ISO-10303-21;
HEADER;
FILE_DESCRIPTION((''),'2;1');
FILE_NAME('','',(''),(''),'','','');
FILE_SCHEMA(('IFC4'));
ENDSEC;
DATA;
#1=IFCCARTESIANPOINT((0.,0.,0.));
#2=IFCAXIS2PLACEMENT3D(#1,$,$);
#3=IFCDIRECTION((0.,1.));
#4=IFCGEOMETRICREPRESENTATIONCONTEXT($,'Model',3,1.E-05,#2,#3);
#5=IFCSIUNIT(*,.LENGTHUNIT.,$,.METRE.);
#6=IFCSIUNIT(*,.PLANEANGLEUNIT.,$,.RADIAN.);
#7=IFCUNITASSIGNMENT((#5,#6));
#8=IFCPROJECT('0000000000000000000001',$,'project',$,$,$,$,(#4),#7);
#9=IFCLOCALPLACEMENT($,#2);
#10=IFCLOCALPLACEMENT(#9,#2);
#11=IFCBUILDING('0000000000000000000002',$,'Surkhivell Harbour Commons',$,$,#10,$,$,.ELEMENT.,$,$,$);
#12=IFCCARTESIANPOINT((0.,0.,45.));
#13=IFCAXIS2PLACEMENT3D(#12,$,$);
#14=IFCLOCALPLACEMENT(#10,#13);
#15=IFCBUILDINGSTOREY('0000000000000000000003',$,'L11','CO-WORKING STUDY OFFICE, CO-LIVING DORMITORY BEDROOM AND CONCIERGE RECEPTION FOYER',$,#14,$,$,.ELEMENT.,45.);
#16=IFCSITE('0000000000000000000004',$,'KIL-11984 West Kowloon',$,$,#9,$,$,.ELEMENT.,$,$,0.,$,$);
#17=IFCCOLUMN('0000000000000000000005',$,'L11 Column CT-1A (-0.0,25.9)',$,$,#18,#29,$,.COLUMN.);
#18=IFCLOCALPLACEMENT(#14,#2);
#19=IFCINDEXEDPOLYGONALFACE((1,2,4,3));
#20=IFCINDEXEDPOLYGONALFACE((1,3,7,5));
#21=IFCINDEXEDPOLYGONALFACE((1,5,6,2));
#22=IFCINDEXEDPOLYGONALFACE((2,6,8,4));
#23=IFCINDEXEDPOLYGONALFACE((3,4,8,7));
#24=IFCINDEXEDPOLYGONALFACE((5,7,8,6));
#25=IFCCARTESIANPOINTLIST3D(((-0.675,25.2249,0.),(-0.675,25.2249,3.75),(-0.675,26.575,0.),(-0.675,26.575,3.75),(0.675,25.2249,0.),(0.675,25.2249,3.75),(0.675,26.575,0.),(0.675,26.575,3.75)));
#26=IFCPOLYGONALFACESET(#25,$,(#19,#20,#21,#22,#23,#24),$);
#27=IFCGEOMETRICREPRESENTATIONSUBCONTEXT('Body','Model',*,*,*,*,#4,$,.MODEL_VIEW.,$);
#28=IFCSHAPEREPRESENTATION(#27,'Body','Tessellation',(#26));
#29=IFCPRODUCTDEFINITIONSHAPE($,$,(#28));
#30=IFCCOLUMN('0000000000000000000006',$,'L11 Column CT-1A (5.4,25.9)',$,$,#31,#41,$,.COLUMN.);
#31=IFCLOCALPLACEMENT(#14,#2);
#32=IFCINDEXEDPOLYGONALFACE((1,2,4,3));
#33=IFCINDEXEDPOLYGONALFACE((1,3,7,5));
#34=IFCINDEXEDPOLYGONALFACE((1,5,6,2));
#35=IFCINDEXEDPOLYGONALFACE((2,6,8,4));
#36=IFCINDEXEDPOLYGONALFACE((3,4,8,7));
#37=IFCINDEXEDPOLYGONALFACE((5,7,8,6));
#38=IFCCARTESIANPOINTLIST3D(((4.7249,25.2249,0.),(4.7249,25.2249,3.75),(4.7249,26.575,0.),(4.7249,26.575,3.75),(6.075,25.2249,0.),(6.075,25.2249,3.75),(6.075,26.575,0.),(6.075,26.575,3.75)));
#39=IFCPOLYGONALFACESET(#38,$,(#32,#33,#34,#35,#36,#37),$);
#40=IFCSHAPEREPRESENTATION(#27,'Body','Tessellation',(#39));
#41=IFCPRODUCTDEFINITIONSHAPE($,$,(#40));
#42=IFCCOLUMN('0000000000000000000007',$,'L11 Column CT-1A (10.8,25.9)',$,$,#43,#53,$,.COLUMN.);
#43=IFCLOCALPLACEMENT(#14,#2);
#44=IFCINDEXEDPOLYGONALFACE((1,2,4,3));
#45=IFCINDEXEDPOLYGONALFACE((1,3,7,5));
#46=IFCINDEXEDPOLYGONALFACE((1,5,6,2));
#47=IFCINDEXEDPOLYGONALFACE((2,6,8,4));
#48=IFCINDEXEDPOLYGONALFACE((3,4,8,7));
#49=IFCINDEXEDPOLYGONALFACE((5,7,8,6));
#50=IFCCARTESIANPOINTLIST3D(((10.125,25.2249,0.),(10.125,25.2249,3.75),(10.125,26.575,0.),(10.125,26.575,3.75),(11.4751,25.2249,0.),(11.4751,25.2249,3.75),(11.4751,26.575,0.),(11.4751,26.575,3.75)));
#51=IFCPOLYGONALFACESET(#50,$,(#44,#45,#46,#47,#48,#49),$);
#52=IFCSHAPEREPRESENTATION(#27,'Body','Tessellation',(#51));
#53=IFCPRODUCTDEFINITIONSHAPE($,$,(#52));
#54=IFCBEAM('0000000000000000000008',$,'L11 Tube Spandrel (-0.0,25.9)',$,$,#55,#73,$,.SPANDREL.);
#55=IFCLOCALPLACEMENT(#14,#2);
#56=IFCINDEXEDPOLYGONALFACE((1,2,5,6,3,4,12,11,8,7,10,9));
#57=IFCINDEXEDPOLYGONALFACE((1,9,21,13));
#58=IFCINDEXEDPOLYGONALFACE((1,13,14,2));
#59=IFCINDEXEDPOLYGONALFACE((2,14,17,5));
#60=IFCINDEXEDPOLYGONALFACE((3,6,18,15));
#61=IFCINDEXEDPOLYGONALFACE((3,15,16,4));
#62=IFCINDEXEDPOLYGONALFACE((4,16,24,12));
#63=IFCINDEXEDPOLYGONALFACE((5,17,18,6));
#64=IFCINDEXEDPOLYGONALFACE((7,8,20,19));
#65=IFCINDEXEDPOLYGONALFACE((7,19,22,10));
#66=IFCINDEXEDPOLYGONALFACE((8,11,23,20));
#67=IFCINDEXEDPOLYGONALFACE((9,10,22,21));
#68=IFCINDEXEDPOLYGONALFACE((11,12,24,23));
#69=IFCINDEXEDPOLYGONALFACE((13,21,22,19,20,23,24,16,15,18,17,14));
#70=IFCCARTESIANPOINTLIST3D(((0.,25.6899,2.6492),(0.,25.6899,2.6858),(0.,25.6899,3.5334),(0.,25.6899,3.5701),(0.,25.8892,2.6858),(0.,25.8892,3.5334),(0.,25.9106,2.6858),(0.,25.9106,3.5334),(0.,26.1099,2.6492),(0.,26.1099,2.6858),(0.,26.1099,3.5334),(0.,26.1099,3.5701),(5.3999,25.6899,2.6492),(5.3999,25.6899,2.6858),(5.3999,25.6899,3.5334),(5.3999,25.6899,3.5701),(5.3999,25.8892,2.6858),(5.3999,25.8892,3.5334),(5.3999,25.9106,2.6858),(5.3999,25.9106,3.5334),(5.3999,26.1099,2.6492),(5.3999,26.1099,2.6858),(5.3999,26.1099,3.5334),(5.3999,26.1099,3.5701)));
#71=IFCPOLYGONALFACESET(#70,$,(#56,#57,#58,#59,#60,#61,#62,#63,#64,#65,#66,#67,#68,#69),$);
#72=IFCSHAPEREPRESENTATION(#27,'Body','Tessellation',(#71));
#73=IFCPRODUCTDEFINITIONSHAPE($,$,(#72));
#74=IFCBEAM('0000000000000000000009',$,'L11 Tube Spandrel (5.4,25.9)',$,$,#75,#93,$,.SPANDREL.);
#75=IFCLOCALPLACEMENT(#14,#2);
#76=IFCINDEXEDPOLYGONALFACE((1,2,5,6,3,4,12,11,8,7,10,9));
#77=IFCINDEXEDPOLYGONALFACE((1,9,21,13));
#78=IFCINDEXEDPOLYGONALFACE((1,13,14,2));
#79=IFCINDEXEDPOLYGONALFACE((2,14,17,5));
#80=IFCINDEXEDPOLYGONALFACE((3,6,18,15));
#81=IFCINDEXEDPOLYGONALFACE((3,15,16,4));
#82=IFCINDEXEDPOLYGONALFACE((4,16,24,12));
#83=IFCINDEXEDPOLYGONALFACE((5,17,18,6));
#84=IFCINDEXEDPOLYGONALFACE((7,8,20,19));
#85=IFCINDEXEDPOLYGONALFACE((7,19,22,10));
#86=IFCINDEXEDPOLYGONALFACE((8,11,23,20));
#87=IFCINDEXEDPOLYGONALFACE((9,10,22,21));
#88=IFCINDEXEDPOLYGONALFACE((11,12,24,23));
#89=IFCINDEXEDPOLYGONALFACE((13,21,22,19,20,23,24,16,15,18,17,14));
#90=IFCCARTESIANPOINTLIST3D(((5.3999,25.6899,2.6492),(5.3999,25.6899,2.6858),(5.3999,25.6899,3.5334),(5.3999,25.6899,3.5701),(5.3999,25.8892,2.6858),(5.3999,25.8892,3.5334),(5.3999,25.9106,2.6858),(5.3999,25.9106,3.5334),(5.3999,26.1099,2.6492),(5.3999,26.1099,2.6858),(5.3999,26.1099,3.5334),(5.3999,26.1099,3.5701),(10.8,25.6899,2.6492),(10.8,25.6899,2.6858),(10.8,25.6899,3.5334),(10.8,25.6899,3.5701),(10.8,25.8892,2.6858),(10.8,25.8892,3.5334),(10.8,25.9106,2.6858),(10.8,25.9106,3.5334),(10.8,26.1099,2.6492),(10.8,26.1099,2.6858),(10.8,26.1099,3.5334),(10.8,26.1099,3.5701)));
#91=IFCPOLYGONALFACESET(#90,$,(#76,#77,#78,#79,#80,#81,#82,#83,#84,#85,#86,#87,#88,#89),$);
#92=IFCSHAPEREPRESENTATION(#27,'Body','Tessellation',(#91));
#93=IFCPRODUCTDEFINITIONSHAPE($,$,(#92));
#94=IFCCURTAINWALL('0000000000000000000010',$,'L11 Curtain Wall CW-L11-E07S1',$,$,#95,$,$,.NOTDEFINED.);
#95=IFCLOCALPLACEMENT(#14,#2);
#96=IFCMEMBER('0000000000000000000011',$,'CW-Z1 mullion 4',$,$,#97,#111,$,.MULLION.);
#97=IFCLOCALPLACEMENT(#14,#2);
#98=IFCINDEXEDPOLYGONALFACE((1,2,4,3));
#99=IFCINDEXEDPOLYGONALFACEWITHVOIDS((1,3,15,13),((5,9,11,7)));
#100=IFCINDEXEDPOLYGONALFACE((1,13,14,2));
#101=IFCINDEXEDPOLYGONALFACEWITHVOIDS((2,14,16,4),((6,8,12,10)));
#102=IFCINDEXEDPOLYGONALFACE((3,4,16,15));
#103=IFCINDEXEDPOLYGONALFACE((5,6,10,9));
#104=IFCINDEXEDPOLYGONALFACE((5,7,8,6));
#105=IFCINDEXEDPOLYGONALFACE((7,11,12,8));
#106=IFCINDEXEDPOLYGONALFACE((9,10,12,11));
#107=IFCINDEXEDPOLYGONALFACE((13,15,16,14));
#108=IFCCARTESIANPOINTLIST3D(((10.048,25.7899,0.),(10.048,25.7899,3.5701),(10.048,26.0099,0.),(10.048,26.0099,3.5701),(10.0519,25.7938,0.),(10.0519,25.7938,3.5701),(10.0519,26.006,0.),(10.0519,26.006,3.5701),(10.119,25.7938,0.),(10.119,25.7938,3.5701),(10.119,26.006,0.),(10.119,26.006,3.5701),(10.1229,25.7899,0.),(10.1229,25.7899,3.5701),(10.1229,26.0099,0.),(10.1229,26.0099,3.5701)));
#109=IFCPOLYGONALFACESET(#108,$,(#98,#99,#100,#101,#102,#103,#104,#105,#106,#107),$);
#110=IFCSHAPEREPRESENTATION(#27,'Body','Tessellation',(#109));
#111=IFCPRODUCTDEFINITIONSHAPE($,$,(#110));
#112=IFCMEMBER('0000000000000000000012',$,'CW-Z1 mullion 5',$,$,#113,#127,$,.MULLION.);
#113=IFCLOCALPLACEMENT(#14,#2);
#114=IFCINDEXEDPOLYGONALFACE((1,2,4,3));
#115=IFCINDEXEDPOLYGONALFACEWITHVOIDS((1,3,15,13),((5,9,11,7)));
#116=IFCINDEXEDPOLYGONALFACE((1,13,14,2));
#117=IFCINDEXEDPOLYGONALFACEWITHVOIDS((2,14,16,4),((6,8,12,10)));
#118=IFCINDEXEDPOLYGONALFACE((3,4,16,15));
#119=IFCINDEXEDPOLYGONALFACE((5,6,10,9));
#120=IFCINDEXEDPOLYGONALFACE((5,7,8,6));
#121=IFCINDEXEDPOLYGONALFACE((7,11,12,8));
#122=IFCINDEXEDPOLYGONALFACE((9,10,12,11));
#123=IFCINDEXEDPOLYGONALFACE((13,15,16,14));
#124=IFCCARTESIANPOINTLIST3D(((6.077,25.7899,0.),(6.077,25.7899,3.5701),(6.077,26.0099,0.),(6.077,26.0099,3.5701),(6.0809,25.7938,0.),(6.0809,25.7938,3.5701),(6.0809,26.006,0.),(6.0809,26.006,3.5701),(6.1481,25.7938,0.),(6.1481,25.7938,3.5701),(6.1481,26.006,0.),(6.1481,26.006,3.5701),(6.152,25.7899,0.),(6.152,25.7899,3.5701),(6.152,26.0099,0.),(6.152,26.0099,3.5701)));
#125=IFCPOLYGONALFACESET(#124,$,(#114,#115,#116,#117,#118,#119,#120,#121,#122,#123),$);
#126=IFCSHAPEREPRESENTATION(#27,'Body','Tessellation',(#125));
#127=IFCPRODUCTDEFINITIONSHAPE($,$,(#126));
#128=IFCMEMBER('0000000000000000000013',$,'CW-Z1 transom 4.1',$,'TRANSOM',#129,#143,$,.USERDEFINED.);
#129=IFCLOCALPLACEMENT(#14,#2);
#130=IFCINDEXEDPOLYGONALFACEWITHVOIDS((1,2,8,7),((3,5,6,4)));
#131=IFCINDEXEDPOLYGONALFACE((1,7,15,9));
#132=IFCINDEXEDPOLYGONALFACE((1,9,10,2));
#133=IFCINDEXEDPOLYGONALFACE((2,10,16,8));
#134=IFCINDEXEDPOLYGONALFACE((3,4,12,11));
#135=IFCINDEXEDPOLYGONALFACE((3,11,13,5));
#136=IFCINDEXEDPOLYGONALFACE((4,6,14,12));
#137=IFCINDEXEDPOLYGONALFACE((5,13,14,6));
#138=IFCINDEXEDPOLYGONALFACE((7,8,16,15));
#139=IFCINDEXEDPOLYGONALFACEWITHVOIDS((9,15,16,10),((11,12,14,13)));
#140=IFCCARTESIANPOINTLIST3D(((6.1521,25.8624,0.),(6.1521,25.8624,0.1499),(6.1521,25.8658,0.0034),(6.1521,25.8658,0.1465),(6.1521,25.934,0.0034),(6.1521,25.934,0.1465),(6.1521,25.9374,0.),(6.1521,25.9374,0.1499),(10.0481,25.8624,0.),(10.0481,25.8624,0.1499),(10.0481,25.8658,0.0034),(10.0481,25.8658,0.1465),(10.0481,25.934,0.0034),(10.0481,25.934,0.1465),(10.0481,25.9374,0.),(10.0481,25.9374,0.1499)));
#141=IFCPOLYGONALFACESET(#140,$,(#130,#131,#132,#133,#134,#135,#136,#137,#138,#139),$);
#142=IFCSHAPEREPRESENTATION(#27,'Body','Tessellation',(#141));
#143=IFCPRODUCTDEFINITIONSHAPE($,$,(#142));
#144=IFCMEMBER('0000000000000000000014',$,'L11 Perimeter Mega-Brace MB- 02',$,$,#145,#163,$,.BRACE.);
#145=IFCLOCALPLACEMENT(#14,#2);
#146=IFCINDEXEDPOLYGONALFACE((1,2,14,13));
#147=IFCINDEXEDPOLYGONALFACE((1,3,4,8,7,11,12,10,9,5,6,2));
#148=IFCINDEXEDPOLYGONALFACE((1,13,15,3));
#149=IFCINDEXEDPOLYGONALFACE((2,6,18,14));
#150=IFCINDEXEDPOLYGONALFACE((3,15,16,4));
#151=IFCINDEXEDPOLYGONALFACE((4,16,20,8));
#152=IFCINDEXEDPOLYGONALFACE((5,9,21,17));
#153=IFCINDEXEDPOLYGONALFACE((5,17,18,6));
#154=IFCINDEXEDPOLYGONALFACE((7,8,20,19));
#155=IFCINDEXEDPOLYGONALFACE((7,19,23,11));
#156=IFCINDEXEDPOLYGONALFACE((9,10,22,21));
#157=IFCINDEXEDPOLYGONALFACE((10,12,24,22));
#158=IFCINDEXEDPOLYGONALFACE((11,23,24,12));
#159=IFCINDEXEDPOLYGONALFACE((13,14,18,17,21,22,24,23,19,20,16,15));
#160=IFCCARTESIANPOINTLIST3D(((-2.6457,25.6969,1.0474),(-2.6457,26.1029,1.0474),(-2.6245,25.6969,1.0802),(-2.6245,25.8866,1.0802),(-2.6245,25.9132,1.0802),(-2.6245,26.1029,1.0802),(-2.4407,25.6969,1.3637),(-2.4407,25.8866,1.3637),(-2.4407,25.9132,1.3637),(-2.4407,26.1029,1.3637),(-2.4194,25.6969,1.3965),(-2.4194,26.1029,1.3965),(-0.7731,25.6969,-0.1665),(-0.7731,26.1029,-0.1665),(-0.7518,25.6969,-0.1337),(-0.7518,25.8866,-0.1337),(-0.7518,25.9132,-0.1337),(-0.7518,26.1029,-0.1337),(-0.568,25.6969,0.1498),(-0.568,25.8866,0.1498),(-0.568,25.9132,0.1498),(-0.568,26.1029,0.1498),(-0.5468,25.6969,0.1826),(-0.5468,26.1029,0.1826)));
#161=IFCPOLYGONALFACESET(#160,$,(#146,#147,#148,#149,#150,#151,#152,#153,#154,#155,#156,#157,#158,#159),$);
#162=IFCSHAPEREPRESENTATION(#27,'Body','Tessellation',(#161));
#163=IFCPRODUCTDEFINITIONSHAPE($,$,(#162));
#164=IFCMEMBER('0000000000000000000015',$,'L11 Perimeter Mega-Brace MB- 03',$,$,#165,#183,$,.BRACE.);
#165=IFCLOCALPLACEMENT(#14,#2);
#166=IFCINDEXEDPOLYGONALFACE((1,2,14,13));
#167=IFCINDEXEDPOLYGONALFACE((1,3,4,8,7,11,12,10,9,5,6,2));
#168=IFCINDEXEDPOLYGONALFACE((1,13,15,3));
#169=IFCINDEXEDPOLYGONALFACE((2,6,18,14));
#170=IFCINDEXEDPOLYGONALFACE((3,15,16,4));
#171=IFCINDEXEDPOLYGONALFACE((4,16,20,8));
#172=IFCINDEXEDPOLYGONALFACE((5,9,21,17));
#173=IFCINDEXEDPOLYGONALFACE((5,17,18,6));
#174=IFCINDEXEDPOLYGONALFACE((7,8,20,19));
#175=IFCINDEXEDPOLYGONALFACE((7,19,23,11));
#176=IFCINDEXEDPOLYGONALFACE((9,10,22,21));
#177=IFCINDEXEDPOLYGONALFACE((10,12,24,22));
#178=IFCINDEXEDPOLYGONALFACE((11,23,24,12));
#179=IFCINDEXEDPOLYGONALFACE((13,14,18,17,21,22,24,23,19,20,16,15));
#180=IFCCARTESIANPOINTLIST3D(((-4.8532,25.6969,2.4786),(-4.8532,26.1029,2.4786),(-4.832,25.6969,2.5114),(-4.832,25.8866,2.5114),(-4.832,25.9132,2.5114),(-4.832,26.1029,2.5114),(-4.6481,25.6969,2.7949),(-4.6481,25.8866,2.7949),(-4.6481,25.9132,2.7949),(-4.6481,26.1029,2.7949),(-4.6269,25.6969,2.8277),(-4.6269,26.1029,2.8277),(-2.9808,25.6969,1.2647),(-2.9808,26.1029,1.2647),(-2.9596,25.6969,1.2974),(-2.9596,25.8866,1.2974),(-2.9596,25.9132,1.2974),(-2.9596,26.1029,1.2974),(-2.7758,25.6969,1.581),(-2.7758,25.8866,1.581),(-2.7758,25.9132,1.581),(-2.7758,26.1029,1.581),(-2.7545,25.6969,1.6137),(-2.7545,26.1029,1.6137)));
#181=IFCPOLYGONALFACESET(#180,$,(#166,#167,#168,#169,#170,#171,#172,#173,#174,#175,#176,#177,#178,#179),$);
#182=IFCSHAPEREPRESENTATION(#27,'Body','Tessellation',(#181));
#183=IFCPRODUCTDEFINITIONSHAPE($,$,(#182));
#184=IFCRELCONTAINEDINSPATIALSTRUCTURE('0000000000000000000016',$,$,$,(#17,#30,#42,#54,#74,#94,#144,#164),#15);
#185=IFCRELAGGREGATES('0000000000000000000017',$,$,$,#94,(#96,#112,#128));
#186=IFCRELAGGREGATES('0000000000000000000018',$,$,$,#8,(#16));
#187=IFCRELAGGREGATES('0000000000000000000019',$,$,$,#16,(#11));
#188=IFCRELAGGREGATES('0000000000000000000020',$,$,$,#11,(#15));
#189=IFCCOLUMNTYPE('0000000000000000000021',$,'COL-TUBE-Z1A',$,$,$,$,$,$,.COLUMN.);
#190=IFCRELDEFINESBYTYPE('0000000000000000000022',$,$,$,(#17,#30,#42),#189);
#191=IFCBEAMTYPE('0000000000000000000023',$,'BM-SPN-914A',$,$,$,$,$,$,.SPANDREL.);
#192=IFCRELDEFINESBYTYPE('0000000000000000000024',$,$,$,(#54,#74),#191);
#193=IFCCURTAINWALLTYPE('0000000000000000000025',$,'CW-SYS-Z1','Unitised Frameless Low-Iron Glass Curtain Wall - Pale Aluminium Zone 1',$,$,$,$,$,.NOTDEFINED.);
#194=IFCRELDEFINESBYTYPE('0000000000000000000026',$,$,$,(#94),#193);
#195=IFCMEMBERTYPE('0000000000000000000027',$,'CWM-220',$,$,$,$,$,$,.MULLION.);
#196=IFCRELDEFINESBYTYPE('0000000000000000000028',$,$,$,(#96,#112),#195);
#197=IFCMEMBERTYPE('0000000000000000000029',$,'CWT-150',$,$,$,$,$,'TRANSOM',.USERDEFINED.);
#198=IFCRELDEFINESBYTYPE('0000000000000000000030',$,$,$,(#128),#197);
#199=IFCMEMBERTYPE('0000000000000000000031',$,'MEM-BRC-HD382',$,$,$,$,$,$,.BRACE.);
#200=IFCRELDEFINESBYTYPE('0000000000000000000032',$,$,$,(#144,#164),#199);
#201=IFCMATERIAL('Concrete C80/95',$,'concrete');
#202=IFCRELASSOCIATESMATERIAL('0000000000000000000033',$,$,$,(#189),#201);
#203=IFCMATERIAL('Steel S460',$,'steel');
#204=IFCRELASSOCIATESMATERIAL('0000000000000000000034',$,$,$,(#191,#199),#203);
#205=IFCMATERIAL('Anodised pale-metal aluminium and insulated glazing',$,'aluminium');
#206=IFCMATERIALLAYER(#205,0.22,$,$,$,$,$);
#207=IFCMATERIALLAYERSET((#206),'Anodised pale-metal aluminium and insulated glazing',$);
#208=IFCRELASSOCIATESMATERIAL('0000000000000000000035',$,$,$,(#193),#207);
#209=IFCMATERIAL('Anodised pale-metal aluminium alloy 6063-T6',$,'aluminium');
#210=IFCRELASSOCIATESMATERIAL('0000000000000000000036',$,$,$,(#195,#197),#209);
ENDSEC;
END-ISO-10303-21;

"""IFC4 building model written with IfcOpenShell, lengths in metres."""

from ifc_helpers import new_model, si_unit, direction, frame, origin, origin_2d, place, context, subcontext, project, spatial, rectangle, hollow_rectangle, i_section, extrude, material, layer, layer_set, material_profile, profile_set, type_object, element, aggregate, save


model = new_model("IFC4")

# Units and contexts
model_context = context("Model", 3, precision=1e-05, world=origin(), true_north=direction((0.0, 1.0)))
body_context = subcontext(model_context, "Body", "Model", "MODEL_VIEW")
ifc_project = project(units=[si_unit("LENGTHUNIT", "METRE"), si_unit("PLANEANGLEUNIT", "RADIAN")], contexts=[model_context])

# Site, building, storey
site_placement = place(None, origin())
site = spatial("IfcSite", under=ifc_project, at=site_placement, Name="KIL-11984 West Kowloon", CompositionType="ELEMENT", RefElevation=0.0)
building_placement = place(site_placement, origin())
building = spatial("IfcBuilding", under=site, at=building_placement, Name="Surkhivell Harbour Commons", CompositionType="ELEMENT")
storey_placement = place(building_placement, frame((0.0, 0.0, 45.0)))
storey = spatial("IfcBuildingStorey", under=building, at=storey_placement, Name="L11", Description="CO-WORKING STUDY OFFICE, CO-LIVING DORMITORY BEDROOM AND CONCIERGE RECEPTION FOYER", CompositionType="ELEMENT", Elevation=45.0)

# Columns
ifc_material_1 = material(Name="Concrete C80/95", Category="concrete")
ifc_material_profile_1 = material_profile(ifc_material_1, rectangle(XDim=1.3501, YDim=1.3501, at=origin_2d()), Name="RC-COL-1350x1350")
ifc_profile_set_1 = profile_set([ifc_material_profile_1], Name="Concrete C80/95")
column_type = type_object("IfcColumnType", Name="COL-TUBE-Z1A", PredefinedType="COLUMN", material=ifc_profile_set_1)
for number, where, z_axis, x_axis, name in (
    (1, (0.0, 25.8999, 0.0), (0.0, 0.0, 1.0), (1.0, 0.0, 0.0), "L11 Column CT-1A (-0.0,25.9)"),
    (2, (5.3999, 25.8999, 0.0), (0.0, 0.0, 1.0), (1.0, 0.0, 0.0), "L11 Column CT-1A (5.4,25.9)"),
    (3, (10.8, 25.8999, 0.0), (0.0, 0.0, 1.0), (1.0, 0.0, 0.0), "L11 Column CT-1A (10.8,25.9)"),
):
    element("IfcColumn", number, at=place(storey_placement, frame(where, z_axis=z_axis, x_axis=x_axis)), inside=storey, type_object=column_type, Name=name, PredefinedType="COLUMN", context=body_context, shape_type="SweptSolid", body=[
        extrude(rectangle(XDim=1.3501, YDim=1.3501, at=origin_2d()), origin(), (0.0, 0.0, 1.0), 3.75),
    ])

# Beams
ifc_material_2 = material(Name="Steel S460", Category="steel")
ifc_material_profile_2 = material_profile(ifc_material_2, i_section(OverallWidth=0.4199, OverallDepth=0.9209, WebThickness=0.0215, FlangeThickness=0.0366, at=origin_2d()), Name="UB914x419x388")
ifc_profile_set_2 = profile_set([ifc_material_profile_2], Name="Steel S460")
beam_type = type_object("IfcBeamType", Name="BM-SPN-914A", PredefinedType="SPANDREL", material=ifc_profile_set_2)
beam_1_placement = place(storey_placement, frame((0.0, 25.8999, 3.1096), z_axis=(1.0, 0.0, 0.0), x_axis=(0.0, 1.0, 0.0)))
element("IfcBeam", 4, at=beam_1_placement, inside=storey, type_object=beam_type, Name="L11 Tube Spandrel (-0.0,25.9)", PredefinedType="SPANDREL", context=body_context, shape_type="SweptSolid", body=[
    extrude(i_section(OverallWidth=0.4199, OverallDepth=0.9209, WebThickness=0.0215, FlangeThickness=0.0366, at=origin_2d()), origin(), (0.0, 0.0, 1.0), 5.3999),
])
beam_2_placement = place(storey_placement, frame((5.3999, 25.8999, 3.1096), z_axis=(1.0, 0.0, 0.0), x_axis=(0.0, 1.0, 0.0)))
element("IfcBeam", 5, at=beam_2_placement, inside=storey, type_object=beam_type, Name="L11 Tube Spandrel (5.4,25.9)", PredefinedType="SPANDREL", context=body_context, shape_type="SweptSolid", body=[
    extrude(i_section(OverallWidth=0.4199, OverallDepth=0.9209, WebThickness=0.0215, FlangeThickness=0.0366, at=origin_2d()), origin(), (0.0, 0.0, 1.0), 5.4001),
])

# Curtain wall, members
ifc_material_3 = material(Name="Anodised pale-metal aluminium and insulated glazing", Category="aluminium")
ifc_layer_1 = layer(ifc_material_3, 0.22)
ifc_layer_set_1 = layer_set([ifc_layer_1], Name="Anodised pale-metal aluminium and insulated glazing")
curtain_wall_type = type_object("IfcCurtainWallType", Name="CW-SYS-Z1", Description="Unitised Frameless Low-Iron Glass Curtain Wall - Pale Aluminium Zone 1", PredefinedType="NOTDEFINED", material=ifc_layer_set_1)
curtain_wall_placement = place(storey_placement, origin())
curtain_wall = element("IfcCurtainWall", 6, at=curtain_wall_placement, inside=storey, type_object=curtain_wall_type, Name="L11 Curtain Wall CW-L11-E07S1", PredefinedType="NOTDEFINED")
ifc_material_4 = material(Name="Anodised pale-metal aluminium alloy 6063-T6", Category="aluminium")
ifc_material_profile_3 = material_profile(ifc_material_4, hollow_rectangle(XDim=0.075, YDim=0.22, WallThickness=0.0039, at=origin_2d()), Name="ALU-MULL-75x220")
ifc_profile_set_3 = profile_set([ifc_material_profile_3], Name="Anodised pale-metal aluminium alloy 6063-T6")
member_type_1 = type_object("IfcMemberType", Name="CWM-220", PredefinedType="MULLION", material=ifc_profile_set_3)
member_1_placement = place(storey_placement, frame((10.0854, 25.8999, 0.0), z_axis=(0.0, 0.0, 1.0), x_axis=(-1.0, 0.0, 0.0)))
member_1 = element("IfcMember", 7, at=member_1_placement, type_object=member_type_1, Name="CW-Z1 mullion 4", PredefinedType="MULLION", context=body_context, shape_type="SweptSolid", body=[
    extrude(hollow_rectangle(XDim=0.075, YDim=0.22, WallThickness=0.0039, at=origin_2d()), origin(), (0.0, 0.0, 1.0), 3.5701),
])
member_2_placement = place(storey_placement, frame((6.1145, 25.8999, 0.0), z_axis=(0.0, 0.0, 1.0), x_axis=(-1.0, 0.0, 0.0)))
member_2 = element("IfcMember", 8, at=member_2_placement, type_object=member_type_1, Name="CW-Z1 mullion 5", PredefinedType="MULLION", context=body_context, shape_type="SweptSolid", body=[
    extrude(hollow_rectangle(XDim=0.075, YDim=0.22, WallThickness=0.0039, at=origin_2d()), origin(), (0.0, 0.0, 1.0), 3.5701),
])
ifc_material_profile_4 = material_profile(ifc_material_4, hollow_rectangle(XDim=0.075, YDim=0.1499, WallThickness=0.0034, at=origin_2d()), Name="ALU-TRAN-75x150")
ifc_profile_set_4 = profile_set([ifc_material_profile_4], Name="Anodised pale-metal aluminium alloy 6063-T6")
member_type_2 = type_object("IfcMemberType", Name="CWT-150", ElementType="TRANSOM", PredefinedType="USERDEFINED", material=ifc_profile_set_4)
member_3_placement = place(storey_placement, frame((10.0481, 25.8999, 0.075), z_axis=(-1.0, 0.0, 0.0), x_axis=(0.0, -1.0, 0.0)))
member_3 = element("IfcMember", 9, at=member_3_placement, type_object=member_type_2, Name="CW-Z1 transom 4.1", ObjectType="TRANSOM", PredefinedType="USERDEFINED", context=body_context, shape_type="SweptSolid", body=[
    extrude(hollow_rectangle(XDim=0.075, YDim=0.1499, WallThickness=0.0034, at=origin_2d()), origin(), (0.0, 0.0, 1.0), 3.896),
])

# Members
ifc_material_profile_5 = material_profile(ifc_material_2, i_section(OverallWidth=0.406, OverallDepth=0.416, WebThickness=0.0266, FlangeThickness=0.0391, at=origin_2d()), Name="HD400x382")
ifc_profile_set_5 = profile_set([ifc_material_profile_5], Name="Steel S460")
member_type_3 = type_object("IfcMemberType", Name="MEM-BRC-HD382", PredefinedType="BRACE", material=ifc_profile_set_5)
member_4_placement = place(storey_placement, frame((-0.6599, 25.8999, 0.0081), z_axis=(-0.839118, 0.0, 0.54395), x_axis=(0.0, -1.0, 0.0)))
element("IfcMember", 10, at=member_4_placement, inside=storey, type_object=member_type_3, Name="L11 Perimeter Mega-Brace MB- 02", PredefinedType="BRACE", context=body_context, shape_type="SweptSolid", body=[
    extrude(i_section(OverallWidth=0.406, OverallDepth=0.416, WebThickness=0.0266, FlangeThickness=0.0391, at=origin_2d()), origin(), (0.0, 0.0, 1.0), 2.2317),
])
member_5_placement = place(storey_placement, frame((-2.8677, 25.8999, 1.4392), z_axis=(-0.839085, 0.0, 0.544), x_axis=(0.0, -1.0, 0.0)))
element("IfcMember", 11, at=member_5_placement, inside=storey, type_object=member_type_3, Name="L11 Perimeter Mega-Brace MB- 03", PredefinedType="BRACE", context=body_context, shape_type="SweptSolid", body=[
    extrude(i_section(OverallWidth=0.406, OverallDepth=0.416, WebThickness=0.0266, FlangeThickness=0.0391, at=origin_2d()), origin(), (0.0, 0.0, 1.0), 2.2314),
])

aggregate(curtain_wall, [member_1, member_2, member_3])

save(model, "model.ifc")
